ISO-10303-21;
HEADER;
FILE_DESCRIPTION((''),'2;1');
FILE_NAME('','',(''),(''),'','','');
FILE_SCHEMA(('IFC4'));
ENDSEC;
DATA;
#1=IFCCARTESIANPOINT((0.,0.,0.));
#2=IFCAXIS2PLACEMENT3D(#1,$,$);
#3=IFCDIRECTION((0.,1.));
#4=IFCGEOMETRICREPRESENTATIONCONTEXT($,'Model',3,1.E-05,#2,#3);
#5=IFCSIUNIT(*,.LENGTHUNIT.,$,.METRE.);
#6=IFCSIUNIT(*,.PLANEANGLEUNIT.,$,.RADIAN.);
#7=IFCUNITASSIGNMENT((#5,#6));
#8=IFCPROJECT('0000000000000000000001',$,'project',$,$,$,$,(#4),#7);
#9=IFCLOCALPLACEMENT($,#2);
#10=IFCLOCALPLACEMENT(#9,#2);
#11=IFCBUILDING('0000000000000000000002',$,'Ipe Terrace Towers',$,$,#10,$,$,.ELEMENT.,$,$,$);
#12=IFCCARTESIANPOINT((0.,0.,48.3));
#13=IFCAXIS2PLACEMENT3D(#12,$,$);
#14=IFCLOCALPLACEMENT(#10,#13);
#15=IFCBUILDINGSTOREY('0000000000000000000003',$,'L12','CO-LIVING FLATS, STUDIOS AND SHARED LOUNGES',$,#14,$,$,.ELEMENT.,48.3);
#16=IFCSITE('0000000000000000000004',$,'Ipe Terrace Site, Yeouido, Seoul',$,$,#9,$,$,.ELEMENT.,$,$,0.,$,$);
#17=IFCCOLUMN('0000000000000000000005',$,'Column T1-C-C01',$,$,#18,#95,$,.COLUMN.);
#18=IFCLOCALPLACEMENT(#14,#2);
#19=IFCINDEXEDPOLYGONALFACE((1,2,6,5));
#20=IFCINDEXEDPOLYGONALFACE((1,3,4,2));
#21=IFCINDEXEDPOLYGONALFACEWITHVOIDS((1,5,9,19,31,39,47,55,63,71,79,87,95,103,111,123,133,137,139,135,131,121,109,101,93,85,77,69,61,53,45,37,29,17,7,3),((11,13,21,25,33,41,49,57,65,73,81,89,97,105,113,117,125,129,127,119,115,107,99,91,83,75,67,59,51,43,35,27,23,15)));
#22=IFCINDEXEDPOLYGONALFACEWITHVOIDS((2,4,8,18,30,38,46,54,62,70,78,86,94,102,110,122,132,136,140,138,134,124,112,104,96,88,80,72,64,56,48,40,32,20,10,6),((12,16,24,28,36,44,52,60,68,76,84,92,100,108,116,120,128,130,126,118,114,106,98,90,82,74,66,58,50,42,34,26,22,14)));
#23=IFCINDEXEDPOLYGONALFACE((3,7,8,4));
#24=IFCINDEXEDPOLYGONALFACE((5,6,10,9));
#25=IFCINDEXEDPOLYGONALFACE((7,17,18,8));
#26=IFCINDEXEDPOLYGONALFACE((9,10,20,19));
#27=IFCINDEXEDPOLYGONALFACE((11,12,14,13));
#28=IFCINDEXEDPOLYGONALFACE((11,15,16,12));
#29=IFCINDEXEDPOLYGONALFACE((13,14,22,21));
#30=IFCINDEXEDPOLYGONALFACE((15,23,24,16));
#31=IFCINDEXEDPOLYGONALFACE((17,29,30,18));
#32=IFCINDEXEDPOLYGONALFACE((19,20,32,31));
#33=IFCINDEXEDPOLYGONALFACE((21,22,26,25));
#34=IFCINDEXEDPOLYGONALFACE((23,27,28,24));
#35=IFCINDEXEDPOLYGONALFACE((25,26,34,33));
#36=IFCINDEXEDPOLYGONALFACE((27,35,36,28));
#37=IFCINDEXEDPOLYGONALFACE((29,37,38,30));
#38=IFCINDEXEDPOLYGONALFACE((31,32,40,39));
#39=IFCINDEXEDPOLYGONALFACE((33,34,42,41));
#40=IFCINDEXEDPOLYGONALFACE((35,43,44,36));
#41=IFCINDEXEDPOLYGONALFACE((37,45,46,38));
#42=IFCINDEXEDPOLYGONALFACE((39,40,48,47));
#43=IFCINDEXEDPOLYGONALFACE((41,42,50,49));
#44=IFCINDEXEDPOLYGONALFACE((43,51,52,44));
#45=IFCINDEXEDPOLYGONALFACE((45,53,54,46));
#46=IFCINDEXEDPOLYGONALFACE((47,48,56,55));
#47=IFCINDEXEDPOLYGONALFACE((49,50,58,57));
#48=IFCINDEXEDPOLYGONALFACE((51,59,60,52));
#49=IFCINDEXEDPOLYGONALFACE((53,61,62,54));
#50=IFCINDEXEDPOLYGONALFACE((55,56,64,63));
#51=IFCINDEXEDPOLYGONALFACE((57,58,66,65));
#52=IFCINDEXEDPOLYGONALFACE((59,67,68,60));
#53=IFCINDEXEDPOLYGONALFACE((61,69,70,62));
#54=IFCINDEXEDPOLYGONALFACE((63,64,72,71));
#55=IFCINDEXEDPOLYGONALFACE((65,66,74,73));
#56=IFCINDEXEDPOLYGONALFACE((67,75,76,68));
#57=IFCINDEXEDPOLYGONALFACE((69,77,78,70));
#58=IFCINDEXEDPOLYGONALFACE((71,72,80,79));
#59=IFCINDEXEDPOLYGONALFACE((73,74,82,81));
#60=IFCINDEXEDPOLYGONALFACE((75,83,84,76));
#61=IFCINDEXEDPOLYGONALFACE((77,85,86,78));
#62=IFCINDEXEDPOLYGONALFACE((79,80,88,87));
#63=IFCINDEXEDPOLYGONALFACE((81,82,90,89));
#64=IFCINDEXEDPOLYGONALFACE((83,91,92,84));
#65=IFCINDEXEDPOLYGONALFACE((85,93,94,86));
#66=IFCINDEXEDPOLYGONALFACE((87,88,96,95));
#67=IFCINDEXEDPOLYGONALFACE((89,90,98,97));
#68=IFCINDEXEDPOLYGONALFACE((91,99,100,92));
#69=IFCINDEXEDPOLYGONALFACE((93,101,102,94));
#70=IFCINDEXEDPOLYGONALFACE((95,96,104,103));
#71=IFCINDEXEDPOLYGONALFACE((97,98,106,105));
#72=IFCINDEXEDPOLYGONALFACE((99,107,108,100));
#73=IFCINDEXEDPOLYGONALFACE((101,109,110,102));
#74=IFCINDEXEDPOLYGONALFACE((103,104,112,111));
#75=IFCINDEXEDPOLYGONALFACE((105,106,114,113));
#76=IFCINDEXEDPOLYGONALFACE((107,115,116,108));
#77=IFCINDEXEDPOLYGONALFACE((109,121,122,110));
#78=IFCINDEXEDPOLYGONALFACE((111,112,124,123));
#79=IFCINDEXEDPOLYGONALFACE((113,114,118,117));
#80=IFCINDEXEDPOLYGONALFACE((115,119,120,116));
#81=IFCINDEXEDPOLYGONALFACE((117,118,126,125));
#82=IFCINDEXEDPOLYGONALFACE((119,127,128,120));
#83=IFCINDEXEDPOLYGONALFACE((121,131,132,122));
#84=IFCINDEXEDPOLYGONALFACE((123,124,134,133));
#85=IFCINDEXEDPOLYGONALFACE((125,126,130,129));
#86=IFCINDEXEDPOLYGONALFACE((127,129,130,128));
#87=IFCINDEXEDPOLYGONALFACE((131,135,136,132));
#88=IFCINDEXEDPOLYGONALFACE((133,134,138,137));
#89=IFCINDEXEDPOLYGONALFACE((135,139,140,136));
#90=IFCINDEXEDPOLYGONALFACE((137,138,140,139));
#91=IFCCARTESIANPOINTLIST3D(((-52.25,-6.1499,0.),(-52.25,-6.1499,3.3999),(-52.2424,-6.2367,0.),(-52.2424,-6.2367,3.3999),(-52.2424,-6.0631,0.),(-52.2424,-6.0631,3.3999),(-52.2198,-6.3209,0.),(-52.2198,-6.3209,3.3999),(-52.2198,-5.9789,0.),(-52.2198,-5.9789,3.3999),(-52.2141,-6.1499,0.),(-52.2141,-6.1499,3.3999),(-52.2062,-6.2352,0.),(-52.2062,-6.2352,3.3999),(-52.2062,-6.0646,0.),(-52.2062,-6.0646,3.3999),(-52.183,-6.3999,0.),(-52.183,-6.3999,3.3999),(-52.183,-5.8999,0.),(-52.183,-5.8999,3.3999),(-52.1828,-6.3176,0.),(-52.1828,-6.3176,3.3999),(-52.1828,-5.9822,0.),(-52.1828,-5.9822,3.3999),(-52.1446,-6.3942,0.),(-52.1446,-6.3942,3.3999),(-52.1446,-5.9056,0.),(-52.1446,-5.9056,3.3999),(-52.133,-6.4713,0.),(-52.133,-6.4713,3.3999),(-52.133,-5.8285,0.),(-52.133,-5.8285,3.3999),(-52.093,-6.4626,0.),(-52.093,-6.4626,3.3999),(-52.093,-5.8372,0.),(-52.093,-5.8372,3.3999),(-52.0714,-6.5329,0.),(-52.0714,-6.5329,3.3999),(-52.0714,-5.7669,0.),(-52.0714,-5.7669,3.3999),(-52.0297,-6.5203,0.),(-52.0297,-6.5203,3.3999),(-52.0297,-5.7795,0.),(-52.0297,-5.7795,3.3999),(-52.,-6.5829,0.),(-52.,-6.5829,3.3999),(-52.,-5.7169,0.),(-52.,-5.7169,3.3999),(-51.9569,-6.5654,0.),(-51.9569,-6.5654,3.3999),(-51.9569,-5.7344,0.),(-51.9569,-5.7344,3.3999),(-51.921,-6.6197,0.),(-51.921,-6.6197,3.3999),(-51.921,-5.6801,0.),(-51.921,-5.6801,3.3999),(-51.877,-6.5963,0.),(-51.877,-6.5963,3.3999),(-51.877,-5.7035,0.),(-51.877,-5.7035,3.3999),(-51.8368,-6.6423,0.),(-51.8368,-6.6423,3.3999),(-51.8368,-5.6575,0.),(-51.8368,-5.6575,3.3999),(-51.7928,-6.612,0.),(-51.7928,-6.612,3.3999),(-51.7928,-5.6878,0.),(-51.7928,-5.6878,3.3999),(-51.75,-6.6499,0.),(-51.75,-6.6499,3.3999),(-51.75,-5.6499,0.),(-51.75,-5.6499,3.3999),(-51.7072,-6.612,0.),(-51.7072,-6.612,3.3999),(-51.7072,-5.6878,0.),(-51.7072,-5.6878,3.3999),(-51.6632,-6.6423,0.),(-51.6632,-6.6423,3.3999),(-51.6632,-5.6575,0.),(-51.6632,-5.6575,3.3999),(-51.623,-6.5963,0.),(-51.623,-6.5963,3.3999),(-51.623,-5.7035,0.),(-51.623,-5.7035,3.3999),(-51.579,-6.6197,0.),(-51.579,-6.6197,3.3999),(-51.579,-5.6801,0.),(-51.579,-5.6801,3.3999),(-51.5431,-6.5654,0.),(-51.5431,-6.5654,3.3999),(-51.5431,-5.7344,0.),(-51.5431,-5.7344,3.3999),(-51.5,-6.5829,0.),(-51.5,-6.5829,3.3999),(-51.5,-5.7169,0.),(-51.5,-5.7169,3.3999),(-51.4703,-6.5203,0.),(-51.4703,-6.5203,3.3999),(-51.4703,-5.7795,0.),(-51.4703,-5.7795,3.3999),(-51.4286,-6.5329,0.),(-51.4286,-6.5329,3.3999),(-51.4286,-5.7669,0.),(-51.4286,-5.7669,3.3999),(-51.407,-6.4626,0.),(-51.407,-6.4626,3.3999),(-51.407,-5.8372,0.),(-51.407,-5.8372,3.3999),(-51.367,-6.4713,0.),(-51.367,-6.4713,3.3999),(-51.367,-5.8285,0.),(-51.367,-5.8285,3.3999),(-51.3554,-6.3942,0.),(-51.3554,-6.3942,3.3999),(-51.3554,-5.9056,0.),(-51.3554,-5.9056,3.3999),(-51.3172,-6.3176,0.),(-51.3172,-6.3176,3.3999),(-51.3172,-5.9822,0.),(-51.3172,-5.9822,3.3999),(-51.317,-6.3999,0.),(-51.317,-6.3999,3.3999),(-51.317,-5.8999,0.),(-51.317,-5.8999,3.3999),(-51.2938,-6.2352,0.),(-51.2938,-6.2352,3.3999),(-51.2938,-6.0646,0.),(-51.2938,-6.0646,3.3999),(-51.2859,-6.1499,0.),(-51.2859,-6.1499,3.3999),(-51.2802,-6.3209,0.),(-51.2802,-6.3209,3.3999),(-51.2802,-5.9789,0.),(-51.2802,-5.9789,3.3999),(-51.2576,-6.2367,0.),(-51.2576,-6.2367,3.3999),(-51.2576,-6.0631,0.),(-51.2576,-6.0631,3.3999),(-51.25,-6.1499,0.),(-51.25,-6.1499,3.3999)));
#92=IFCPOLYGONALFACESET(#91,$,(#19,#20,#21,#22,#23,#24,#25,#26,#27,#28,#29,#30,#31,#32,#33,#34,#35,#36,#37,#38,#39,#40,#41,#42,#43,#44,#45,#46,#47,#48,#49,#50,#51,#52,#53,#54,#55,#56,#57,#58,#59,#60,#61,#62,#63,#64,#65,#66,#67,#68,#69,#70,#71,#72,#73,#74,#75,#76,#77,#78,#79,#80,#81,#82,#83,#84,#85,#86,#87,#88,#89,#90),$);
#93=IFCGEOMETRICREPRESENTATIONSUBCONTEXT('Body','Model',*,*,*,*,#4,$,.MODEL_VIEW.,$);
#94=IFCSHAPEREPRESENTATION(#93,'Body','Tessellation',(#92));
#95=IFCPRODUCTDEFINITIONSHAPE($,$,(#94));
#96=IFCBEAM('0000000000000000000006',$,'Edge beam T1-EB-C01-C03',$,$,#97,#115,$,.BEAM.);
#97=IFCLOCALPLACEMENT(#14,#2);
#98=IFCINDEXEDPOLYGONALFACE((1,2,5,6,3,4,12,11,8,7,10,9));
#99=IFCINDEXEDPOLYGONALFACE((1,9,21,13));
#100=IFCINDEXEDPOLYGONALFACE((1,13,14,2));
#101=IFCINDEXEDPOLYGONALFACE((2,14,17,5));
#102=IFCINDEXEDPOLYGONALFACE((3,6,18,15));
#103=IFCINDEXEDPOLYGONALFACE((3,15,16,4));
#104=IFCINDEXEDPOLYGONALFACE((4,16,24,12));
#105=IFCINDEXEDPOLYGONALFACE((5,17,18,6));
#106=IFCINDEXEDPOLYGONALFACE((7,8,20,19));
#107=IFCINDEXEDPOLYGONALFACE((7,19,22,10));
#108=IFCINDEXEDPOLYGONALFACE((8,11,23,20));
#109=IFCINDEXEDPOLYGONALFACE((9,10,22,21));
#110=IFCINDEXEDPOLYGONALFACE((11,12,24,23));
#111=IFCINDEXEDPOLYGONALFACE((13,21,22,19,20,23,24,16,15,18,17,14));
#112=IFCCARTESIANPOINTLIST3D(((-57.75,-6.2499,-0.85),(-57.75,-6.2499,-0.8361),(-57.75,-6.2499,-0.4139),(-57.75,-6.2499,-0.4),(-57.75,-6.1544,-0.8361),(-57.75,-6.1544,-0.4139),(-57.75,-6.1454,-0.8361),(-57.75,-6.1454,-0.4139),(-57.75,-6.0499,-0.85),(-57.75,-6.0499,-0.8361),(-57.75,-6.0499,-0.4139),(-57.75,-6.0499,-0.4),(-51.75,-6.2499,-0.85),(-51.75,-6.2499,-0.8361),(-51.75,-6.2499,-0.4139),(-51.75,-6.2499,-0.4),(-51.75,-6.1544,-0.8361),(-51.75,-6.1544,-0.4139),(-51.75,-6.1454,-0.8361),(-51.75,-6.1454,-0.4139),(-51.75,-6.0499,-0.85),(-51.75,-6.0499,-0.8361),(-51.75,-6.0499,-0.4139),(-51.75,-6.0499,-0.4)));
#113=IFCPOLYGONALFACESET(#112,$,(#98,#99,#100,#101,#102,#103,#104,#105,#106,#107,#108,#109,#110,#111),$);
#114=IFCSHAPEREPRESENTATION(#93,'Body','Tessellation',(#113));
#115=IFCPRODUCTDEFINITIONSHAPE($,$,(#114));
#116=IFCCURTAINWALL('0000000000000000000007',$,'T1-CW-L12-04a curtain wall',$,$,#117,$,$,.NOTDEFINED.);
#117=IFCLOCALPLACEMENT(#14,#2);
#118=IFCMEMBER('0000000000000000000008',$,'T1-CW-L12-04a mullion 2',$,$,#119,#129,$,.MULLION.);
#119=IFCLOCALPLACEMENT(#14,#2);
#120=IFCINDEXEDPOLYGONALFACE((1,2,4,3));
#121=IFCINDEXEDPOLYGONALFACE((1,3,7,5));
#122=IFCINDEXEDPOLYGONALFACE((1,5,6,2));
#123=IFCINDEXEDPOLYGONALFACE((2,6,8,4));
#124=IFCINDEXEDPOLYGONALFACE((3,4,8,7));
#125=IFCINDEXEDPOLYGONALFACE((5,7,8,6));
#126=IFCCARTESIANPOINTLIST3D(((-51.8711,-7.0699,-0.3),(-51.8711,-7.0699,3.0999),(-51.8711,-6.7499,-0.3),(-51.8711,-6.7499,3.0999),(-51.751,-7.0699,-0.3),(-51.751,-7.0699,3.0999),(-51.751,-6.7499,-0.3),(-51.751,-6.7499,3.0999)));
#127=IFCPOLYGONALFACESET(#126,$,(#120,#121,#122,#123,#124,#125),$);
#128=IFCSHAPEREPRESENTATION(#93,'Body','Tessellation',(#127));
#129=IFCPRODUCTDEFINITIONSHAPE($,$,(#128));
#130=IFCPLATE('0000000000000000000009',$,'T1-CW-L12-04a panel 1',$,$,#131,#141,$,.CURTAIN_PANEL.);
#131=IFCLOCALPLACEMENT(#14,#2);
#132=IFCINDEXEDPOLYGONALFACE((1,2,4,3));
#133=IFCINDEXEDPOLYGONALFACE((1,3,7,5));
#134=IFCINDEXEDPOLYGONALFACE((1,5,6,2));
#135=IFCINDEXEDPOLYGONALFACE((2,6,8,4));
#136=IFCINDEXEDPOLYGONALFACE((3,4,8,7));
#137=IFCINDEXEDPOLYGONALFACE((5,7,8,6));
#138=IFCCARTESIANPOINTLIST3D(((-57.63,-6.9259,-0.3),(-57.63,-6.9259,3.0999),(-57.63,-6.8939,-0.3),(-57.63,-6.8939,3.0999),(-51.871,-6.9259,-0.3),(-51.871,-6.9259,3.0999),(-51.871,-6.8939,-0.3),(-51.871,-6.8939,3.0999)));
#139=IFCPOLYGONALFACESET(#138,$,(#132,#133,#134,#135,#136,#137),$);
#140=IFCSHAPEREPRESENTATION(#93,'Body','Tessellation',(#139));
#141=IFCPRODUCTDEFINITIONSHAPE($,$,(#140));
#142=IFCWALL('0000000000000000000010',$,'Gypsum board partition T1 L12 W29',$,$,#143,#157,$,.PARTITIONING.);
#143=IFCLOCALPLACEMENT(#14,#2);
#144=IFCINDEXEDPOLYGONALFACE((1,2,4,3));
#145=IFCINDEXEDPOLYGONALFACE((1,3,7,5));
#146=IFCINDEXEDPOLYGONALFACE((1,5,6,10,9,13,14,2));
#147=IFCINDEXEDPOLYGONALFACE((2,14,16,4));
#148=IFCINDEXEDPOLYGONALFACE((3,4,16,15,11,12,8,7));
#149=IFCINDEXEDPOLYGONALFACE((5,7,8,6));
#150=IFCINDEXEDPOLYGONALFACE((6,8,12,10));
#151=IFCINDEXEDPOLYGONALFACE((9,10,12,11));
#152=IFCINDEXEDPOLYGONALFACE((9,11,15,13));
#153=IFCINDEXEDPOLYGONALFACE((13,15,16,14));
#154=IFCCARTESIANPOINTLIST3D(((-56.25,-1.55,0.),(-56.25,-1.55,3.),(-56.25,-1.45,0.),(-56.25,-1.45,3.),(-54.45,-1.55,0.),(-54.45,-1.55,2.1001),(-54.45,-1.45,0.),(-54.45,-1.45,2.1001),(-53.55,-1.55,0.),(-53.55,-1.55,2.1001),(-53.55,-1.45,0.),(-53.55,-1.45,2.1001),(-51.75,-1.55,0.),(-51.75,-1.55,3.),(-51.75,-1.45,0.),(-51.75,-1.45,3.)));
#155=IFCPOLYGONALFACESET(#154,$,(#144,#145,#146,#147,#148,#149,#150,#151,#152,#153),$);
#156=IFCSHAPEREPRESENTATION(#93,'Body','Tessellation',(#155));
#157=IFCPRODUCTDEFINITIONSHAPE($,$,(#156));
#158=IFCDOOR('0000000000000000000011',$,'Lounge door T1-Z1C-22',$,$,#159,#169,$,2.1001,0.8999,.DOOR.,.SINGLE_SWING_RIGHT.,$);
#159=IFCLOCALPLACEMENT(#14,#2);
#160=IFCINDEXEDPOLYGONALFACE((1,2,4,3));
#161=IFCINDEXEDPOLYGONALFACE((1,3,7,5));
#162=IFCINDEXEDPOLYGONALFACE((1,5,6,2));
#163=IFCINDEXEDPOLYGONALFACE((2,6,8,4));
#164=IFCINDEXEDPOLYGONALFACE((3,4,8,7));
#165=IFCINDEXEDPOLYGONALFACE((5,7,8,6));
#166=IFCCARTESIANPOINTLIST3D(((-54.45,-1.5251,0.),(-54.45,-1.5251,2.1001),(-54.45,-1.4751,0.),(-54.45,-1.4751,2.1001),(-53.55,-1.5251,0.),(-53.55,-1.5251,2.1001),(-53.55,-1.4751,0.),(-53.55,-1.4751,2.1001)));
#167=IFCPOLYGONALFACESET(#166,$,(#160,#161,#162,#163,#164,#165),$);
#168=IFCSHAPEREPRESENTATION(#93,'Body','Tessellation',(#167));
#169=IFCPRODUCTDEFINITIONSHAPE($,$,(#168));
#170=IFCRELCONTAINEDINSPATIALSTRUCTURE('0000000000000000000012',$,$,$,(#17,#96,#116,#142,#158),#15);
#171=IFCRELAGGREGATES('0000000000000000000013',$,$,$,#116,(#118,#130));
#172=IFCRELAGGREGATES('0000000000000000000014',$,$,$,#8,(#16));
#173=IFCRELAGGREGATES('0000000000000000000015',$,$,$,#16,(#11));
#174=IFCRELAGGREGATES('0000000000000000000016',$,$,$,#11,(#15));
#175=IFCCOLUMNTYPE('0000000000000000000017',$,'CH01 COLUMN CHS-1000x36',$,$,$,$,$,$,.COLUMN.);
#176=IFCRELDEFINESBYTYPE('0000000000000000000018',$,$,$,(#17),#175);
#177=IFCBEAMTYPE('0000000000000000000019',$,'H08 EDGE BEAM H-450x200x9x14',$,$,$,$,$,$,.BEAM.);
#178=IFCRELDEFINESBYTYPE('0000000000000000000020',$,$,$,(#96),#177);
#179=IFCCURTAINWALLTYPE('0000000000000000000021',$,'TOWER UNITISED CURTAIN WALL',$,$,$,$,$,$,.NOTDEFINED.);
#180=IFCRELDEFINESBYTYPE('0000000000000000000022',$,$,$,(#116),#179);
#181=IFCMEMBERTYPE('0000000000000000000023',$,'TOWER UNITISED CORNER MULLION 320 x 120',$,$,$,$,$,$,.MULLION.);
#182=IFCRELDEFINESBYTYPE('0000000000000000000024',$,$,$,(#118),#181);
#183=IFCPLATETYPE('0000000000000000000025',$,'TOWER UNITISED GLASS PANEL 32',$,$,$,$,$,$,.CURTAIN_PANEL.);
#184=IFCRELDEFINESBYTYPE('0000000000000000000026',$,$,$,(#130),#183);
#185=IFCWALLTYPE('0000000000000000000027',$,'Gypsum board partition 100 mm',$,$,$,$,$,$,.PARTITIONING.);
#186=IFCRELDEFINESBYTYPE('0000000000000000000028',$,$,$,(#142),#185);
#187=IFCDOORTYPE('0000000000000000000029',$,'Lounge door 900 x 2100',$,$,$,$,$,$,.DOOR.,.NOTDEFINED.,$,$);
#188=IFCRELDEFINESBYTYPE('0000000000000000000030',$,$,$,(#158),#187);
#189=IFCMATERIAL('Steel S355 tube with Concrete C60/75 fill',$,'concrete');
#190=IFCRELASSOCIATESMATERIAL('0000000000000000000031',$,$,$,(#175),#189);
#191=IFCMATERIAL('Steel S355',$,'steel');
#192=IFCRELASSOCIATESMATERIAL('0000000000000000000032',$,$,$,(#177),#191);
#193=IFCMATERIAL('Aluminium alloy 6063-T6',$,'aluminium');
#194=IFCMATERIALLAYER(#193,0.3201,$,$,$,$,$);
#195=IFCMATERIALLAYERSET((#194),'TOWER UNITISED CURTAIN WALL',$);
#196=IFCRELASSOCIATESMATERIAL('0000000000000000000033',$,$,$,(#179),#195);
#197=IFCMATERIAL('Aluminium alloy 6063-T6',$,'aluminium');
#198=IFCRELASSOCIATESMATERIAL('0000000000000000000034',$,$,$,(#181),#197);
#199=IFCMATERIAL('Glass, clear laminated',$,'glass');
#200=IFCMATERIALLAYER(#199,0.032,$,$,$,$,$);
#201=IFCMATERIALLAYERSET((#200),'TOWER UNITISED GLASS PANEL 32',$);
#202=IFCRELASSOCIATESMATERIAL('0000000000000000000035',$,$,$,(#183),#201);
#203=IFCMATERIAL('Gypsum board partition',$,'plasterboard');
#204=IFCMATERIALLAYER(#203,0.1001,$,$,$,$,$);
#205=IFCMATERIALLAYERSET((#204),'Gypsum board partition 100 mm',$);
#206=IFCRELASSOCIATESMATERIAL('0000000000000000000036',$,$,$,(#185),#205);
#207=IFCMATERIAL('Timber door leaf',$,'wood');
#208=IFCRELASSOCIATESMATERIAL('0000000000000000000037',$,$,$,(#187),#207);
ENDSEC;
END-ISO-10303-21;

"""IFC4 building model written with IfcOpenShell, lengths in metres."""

from ifc_helpers import new_model, si_unit, direction, frame, frame_2d, origin, origin_2d, place, context, subcontext, project, spatial, rectangle, hollow_circle, i_section, extrude, material, layer, layer_set, material_profile, profile_set, type_object, element, fill, aggregate, save


model = new_model("IFC4")

# Units and contexts
model_context = context("Model", 3, precision=1e-05, world=origin(), true_north=direction((0.0, 1.0)))
body_context = subcontext(model_context, "Body", "Model", "MODEL_VIEW")
ifc_project = project(units=[si_unit("LENGTHUNIT", "METRE"), si_unit("PLANEANGLEUNIT", "RADIAN")], contexts=[model_context])

# Site, building, storey
site_placement = place(None, origin())
site = spatial("IfcSite", under=ifc_project, at=site_placement, Name="Ipe Terrace Site, Yeouido, Seoul", CompositionType="ELEMENT", RefElevation=0.0)
building_placement = place(site_placement, origin())
building = spatial("IfcBuilding", under=site, at=building_placement, Name="Ipe Terrace Towers", CompositionType="ELEMENT")
storey_placement = place(building_placement, frame((0.0, 0.0, 48.3)))
storey = spatial("IfcBuildingStorey", under=building, at=storey_placement, Name="L12", Description="CO-LIVING FLATS, STUDIOS AND SHARED LOUNGES", CompositionType="ELEMENT", Elevation=48.3)

# Column
ifc_material_1 = material(Name="Steel S355 tube with Concrete C60/75 fill", Category="concrete")
ifc_material_profile_1 = material_profile(ifc_material_1, hollow_circle(Radius=0.5, WallThickness=0.0359, at=origin_2d()), Name="CHS-1000x36")
ifc_profile_set_1 = profile_set([ifc_material_profile_1], Name="Steel S355 tube with Concrete C60/75 fill")
column_type = type_object("IfcColumnType", Name="CH01 COLUMN CHS-1000x36", PredefinedType="COLUMN", material=ifc_profile_set_1)
column_placement = place(storey_placement, frame((-51.75, -6.1499, 0.0), z_axis=(0.0, 0.0, 1.0), x_axis=(1.0, 0.0, 0.0)))
element("IfcColumn", 1, at=column_placement, inside=storey, type_object=column_type, Name="Column T1-C-C01", PredefinedType="COLUMN", context=body_context, shape_type="SweptSolid", body=[
    extrude(hollow_circle(Radius=0.5, WallThickness=0.0359, at=origin_2d()), origin(), (0.0, 0.0, 1.0), 3.3999),
])

# Beam
ifc_material_2 = material(Name="Steel S355", Category="steel")
ifc_material_profile_2 = material_profile(ifc_material_2, i_section(OverallWidth=0.2, OverallDepth=0.45, WebThickness=0.009, FlangeThickness=0.0139, at=origin_2d()), Name="H-450x200x9x14")
ifc_profile_set_2 = profile_set([ifc_material_profile_2], Name="Steel S355")
beam_type = type_object("IfcBeamType", Name="H08 EDGE BEAM H-450x200x9x14", PredefinedType="BEAM", material=ifc_profile_set_2)
beam_placement = place(storey_placement, frame((-51.75, -6.1499, -0.625), z_axis=(-1.0, 0.0, 0.0), x_axis=(0.0, -1.0, 0.0)))
element("IfcBeam", 2, at=beam_placement, inside=storey, type_object=beam_type, Name="Edge beam T1-EB-C01-C03", PredefinedType="BEAM", context=body_context, shape_type="SweptSolid", body=[
    extrude(i_section(OverallWidth=0.2, OverallDepth=0.45, WebThickness=0.009, FlangeThickness=0.0139, at=origin_2d()), origin(), (0.0, 0.0, 1.0), 6.0),
])

# Curtain wall, member, plate
ifc_material_3 = material(Name="Aluminium alloy 6063-T6", Category="aluminium")
ifc_layer_1 = layer(ifc_material_3, 0.3201)
ifc_layer_set_1 = layer_set([ifc_layer_1], Name="TOWER UNITISED CURTAIN WALL")
curtain_wall_type = type_object("IfcCurtainWallType", Name="TOWER UNITISED CURTAIN WALL", PredefinedType="NOTDEFINED", material=ifc_layer_set_1)
curtain_wall_placement = place(storey_placement, origin())
curtain_wall = element("IfcCurtainWall", 3, at=curtain_wall_placement, inside=storey, type_object=curtain_wall_type, Name="T1-CW-L12-04a curtain wall", PredefinedType="NOTDEFINED")
ifc_material_4 = material(Name="Aluminium alloy 6063-T6", Category="aluminium")
ifc_material_profile_3 = material_profile(ifc_material_4, rectangle(XDim=0.3201, YDim=0.1201, at=origin_2d()), Name="TOWER UNITISED CORNER MULLION 320 x 120")
ifc_profile_set_3 = profile_set([ifc_material_profile_3], Name="Aluminium alloy 6063-T6")
member_type = type_object("IfcMemberType", Name="TOWER UNITISED CORNER MULLION 320 x 120", PredefinedType="MULLION", material=ifc_profile_set_3)
member_placement = place(storey_placement, frame((-51.811, -6.9099, -0.3), z_axis=(0.0, 0.0, 1.0), x_axis=(0.0, -1.0, 0.0)))
member = element("IfcMember", 4, at=member_placement, type_object=member_type, Name="T1-CW-L12-04a mullion 2", PredefinedType="MULLION", context=body_context, shape_type="SweptSolid", body=[
    extrude(rectangle(XDim=0.3201, YDim=0.1201, at=origin_2d()), origin(), (0.0, 0.0, 1.0), 3.3999),
])
ifc_material_5 = material(Name="Glass, clear laminated", Category="glass")
ifc_layer_2 = layer(ifc_material_5, 0.032)
ifc_layer_set_2 = layer_set([ifc_layer_2], Name="TOWER UNITISED GLASS PANEL 32")
plate_type = type_object("IfcPlateType", Name="TOWER UNITISED GLASS PANEL 32", PredefinedType="CURTAIN_PANEL", material=ifc_layer_set_2)
plate_placement = place(storey_placement, frame((-54.7505, -6.9099, -0.3), z_axis=(0.0, 0.0, 1.0), x_axis=(1.0, 0.0, 0.0)))
plate = element("IfcPlate", 5, at=plate_placement, type_object=plate_type, Name="T1-CW-L12-04a panel 1", PredefinedType="CURTAIN_PANEL", context=body_context, shape_type="SweptSolid", body=[
    extrude(rectangle(XDim=5.759, YDim=0.032, at=origin_2d()), origin(), (0.0, 0.0, 1.0), 3.3999),
])
aggregate(curtain_wall, [member, plate])

# Wall, opening, door
ifc_material_6 = material(Name="Gypsum board partition", Category="plasterboard")
ifc_layer_3 = layer(ifc_material_6, 0.1001)
ifc_layer_set_3 = layer_set([ifc_layer_3], Name="Gypsum board partition 100 mm")
wall_type_1 = type_object("IfcWallType", Name="Gypsum board partition 100 mm", PredefinedType="PARTITIONING", material=ifc_layer_set_3)
wall_1_placement = place(storey_placement, frame((-56.25, -1.5, 0.0), z_axis=(0.0, 0.0, 1.0), x_axis=(1.0, 0.0, 0.0)))
wall_1 = element("IfcWall", 6, at=wall_1_placement, inside=storey, type_object=wall_type_1, Name="Gypsum board partition T1 L12 W29", PredefinedType="PARTITIONING", context=body_context, shape_type="SweptSolid", body=[
    extrude(rectangle(XDim=4.5, YDim=0.1001, at=frame_2d((2.25, 0.0))), origin(), (0.0, 0.0, 1.0), 3.0),
])
opening_1_placement = place(wall_1_placement, frame((1.8, 0.0, 0.0)))
opening_1 = element("IfcOpeningElement", 7, at=opening_1_placement, cuts=wall_1, PredefinedType="OPENING", context=body_context, shape_type="SweptSolid", body=[
    extrude(rectangle(XDim=0.8999, YDim=2.1001, at=frame_2d((0.45, 1.05))), frame((0.0, 0.0601, 0.0), z_axis=(0.0, -1.0, 0.0), x_axis=(1.0, 0.0, 0.0)), (0.0, 0.0, 1.0), 0.1201),
])
ifc_material_7 = material(Name="Timber door leaf", Category="wood")
door_type_1 = type_object("IfcDoorType", Name="Lounge door 900 x 2100", OperationType="NOTDEFINED", PredefinedType="DOOR", material=ifc_material_7)
door_1_placement = place(opening_1_placement, origin())
door_1 = element("IfcDoor", 8, at=door_1_placement, inside=storey, type_object=door_type_1, Name="Lounge door T1-Z1C-22", OperationType="SINGLE_SWING_RIGHT", OverallHeight=2.1001, OverallWidth=0.8999, PredefinedType="DOOR", context=body_context, shape_type="SweptSolid", body=[
    extrude(rectangle(XDim=0.8999, YDim=2.1001, at=frame_2d((0.45, 1.05))), frame((0.0, 0.0249, 0.0), z_axis=(0.0, -1.0, 0.0), x_axis=(1.0, 0.0, 0.0)), (0.0, 0.0, 1.0), 0.05),
])
fill(opening_1, door_1)

save(model, "model.ifc")
